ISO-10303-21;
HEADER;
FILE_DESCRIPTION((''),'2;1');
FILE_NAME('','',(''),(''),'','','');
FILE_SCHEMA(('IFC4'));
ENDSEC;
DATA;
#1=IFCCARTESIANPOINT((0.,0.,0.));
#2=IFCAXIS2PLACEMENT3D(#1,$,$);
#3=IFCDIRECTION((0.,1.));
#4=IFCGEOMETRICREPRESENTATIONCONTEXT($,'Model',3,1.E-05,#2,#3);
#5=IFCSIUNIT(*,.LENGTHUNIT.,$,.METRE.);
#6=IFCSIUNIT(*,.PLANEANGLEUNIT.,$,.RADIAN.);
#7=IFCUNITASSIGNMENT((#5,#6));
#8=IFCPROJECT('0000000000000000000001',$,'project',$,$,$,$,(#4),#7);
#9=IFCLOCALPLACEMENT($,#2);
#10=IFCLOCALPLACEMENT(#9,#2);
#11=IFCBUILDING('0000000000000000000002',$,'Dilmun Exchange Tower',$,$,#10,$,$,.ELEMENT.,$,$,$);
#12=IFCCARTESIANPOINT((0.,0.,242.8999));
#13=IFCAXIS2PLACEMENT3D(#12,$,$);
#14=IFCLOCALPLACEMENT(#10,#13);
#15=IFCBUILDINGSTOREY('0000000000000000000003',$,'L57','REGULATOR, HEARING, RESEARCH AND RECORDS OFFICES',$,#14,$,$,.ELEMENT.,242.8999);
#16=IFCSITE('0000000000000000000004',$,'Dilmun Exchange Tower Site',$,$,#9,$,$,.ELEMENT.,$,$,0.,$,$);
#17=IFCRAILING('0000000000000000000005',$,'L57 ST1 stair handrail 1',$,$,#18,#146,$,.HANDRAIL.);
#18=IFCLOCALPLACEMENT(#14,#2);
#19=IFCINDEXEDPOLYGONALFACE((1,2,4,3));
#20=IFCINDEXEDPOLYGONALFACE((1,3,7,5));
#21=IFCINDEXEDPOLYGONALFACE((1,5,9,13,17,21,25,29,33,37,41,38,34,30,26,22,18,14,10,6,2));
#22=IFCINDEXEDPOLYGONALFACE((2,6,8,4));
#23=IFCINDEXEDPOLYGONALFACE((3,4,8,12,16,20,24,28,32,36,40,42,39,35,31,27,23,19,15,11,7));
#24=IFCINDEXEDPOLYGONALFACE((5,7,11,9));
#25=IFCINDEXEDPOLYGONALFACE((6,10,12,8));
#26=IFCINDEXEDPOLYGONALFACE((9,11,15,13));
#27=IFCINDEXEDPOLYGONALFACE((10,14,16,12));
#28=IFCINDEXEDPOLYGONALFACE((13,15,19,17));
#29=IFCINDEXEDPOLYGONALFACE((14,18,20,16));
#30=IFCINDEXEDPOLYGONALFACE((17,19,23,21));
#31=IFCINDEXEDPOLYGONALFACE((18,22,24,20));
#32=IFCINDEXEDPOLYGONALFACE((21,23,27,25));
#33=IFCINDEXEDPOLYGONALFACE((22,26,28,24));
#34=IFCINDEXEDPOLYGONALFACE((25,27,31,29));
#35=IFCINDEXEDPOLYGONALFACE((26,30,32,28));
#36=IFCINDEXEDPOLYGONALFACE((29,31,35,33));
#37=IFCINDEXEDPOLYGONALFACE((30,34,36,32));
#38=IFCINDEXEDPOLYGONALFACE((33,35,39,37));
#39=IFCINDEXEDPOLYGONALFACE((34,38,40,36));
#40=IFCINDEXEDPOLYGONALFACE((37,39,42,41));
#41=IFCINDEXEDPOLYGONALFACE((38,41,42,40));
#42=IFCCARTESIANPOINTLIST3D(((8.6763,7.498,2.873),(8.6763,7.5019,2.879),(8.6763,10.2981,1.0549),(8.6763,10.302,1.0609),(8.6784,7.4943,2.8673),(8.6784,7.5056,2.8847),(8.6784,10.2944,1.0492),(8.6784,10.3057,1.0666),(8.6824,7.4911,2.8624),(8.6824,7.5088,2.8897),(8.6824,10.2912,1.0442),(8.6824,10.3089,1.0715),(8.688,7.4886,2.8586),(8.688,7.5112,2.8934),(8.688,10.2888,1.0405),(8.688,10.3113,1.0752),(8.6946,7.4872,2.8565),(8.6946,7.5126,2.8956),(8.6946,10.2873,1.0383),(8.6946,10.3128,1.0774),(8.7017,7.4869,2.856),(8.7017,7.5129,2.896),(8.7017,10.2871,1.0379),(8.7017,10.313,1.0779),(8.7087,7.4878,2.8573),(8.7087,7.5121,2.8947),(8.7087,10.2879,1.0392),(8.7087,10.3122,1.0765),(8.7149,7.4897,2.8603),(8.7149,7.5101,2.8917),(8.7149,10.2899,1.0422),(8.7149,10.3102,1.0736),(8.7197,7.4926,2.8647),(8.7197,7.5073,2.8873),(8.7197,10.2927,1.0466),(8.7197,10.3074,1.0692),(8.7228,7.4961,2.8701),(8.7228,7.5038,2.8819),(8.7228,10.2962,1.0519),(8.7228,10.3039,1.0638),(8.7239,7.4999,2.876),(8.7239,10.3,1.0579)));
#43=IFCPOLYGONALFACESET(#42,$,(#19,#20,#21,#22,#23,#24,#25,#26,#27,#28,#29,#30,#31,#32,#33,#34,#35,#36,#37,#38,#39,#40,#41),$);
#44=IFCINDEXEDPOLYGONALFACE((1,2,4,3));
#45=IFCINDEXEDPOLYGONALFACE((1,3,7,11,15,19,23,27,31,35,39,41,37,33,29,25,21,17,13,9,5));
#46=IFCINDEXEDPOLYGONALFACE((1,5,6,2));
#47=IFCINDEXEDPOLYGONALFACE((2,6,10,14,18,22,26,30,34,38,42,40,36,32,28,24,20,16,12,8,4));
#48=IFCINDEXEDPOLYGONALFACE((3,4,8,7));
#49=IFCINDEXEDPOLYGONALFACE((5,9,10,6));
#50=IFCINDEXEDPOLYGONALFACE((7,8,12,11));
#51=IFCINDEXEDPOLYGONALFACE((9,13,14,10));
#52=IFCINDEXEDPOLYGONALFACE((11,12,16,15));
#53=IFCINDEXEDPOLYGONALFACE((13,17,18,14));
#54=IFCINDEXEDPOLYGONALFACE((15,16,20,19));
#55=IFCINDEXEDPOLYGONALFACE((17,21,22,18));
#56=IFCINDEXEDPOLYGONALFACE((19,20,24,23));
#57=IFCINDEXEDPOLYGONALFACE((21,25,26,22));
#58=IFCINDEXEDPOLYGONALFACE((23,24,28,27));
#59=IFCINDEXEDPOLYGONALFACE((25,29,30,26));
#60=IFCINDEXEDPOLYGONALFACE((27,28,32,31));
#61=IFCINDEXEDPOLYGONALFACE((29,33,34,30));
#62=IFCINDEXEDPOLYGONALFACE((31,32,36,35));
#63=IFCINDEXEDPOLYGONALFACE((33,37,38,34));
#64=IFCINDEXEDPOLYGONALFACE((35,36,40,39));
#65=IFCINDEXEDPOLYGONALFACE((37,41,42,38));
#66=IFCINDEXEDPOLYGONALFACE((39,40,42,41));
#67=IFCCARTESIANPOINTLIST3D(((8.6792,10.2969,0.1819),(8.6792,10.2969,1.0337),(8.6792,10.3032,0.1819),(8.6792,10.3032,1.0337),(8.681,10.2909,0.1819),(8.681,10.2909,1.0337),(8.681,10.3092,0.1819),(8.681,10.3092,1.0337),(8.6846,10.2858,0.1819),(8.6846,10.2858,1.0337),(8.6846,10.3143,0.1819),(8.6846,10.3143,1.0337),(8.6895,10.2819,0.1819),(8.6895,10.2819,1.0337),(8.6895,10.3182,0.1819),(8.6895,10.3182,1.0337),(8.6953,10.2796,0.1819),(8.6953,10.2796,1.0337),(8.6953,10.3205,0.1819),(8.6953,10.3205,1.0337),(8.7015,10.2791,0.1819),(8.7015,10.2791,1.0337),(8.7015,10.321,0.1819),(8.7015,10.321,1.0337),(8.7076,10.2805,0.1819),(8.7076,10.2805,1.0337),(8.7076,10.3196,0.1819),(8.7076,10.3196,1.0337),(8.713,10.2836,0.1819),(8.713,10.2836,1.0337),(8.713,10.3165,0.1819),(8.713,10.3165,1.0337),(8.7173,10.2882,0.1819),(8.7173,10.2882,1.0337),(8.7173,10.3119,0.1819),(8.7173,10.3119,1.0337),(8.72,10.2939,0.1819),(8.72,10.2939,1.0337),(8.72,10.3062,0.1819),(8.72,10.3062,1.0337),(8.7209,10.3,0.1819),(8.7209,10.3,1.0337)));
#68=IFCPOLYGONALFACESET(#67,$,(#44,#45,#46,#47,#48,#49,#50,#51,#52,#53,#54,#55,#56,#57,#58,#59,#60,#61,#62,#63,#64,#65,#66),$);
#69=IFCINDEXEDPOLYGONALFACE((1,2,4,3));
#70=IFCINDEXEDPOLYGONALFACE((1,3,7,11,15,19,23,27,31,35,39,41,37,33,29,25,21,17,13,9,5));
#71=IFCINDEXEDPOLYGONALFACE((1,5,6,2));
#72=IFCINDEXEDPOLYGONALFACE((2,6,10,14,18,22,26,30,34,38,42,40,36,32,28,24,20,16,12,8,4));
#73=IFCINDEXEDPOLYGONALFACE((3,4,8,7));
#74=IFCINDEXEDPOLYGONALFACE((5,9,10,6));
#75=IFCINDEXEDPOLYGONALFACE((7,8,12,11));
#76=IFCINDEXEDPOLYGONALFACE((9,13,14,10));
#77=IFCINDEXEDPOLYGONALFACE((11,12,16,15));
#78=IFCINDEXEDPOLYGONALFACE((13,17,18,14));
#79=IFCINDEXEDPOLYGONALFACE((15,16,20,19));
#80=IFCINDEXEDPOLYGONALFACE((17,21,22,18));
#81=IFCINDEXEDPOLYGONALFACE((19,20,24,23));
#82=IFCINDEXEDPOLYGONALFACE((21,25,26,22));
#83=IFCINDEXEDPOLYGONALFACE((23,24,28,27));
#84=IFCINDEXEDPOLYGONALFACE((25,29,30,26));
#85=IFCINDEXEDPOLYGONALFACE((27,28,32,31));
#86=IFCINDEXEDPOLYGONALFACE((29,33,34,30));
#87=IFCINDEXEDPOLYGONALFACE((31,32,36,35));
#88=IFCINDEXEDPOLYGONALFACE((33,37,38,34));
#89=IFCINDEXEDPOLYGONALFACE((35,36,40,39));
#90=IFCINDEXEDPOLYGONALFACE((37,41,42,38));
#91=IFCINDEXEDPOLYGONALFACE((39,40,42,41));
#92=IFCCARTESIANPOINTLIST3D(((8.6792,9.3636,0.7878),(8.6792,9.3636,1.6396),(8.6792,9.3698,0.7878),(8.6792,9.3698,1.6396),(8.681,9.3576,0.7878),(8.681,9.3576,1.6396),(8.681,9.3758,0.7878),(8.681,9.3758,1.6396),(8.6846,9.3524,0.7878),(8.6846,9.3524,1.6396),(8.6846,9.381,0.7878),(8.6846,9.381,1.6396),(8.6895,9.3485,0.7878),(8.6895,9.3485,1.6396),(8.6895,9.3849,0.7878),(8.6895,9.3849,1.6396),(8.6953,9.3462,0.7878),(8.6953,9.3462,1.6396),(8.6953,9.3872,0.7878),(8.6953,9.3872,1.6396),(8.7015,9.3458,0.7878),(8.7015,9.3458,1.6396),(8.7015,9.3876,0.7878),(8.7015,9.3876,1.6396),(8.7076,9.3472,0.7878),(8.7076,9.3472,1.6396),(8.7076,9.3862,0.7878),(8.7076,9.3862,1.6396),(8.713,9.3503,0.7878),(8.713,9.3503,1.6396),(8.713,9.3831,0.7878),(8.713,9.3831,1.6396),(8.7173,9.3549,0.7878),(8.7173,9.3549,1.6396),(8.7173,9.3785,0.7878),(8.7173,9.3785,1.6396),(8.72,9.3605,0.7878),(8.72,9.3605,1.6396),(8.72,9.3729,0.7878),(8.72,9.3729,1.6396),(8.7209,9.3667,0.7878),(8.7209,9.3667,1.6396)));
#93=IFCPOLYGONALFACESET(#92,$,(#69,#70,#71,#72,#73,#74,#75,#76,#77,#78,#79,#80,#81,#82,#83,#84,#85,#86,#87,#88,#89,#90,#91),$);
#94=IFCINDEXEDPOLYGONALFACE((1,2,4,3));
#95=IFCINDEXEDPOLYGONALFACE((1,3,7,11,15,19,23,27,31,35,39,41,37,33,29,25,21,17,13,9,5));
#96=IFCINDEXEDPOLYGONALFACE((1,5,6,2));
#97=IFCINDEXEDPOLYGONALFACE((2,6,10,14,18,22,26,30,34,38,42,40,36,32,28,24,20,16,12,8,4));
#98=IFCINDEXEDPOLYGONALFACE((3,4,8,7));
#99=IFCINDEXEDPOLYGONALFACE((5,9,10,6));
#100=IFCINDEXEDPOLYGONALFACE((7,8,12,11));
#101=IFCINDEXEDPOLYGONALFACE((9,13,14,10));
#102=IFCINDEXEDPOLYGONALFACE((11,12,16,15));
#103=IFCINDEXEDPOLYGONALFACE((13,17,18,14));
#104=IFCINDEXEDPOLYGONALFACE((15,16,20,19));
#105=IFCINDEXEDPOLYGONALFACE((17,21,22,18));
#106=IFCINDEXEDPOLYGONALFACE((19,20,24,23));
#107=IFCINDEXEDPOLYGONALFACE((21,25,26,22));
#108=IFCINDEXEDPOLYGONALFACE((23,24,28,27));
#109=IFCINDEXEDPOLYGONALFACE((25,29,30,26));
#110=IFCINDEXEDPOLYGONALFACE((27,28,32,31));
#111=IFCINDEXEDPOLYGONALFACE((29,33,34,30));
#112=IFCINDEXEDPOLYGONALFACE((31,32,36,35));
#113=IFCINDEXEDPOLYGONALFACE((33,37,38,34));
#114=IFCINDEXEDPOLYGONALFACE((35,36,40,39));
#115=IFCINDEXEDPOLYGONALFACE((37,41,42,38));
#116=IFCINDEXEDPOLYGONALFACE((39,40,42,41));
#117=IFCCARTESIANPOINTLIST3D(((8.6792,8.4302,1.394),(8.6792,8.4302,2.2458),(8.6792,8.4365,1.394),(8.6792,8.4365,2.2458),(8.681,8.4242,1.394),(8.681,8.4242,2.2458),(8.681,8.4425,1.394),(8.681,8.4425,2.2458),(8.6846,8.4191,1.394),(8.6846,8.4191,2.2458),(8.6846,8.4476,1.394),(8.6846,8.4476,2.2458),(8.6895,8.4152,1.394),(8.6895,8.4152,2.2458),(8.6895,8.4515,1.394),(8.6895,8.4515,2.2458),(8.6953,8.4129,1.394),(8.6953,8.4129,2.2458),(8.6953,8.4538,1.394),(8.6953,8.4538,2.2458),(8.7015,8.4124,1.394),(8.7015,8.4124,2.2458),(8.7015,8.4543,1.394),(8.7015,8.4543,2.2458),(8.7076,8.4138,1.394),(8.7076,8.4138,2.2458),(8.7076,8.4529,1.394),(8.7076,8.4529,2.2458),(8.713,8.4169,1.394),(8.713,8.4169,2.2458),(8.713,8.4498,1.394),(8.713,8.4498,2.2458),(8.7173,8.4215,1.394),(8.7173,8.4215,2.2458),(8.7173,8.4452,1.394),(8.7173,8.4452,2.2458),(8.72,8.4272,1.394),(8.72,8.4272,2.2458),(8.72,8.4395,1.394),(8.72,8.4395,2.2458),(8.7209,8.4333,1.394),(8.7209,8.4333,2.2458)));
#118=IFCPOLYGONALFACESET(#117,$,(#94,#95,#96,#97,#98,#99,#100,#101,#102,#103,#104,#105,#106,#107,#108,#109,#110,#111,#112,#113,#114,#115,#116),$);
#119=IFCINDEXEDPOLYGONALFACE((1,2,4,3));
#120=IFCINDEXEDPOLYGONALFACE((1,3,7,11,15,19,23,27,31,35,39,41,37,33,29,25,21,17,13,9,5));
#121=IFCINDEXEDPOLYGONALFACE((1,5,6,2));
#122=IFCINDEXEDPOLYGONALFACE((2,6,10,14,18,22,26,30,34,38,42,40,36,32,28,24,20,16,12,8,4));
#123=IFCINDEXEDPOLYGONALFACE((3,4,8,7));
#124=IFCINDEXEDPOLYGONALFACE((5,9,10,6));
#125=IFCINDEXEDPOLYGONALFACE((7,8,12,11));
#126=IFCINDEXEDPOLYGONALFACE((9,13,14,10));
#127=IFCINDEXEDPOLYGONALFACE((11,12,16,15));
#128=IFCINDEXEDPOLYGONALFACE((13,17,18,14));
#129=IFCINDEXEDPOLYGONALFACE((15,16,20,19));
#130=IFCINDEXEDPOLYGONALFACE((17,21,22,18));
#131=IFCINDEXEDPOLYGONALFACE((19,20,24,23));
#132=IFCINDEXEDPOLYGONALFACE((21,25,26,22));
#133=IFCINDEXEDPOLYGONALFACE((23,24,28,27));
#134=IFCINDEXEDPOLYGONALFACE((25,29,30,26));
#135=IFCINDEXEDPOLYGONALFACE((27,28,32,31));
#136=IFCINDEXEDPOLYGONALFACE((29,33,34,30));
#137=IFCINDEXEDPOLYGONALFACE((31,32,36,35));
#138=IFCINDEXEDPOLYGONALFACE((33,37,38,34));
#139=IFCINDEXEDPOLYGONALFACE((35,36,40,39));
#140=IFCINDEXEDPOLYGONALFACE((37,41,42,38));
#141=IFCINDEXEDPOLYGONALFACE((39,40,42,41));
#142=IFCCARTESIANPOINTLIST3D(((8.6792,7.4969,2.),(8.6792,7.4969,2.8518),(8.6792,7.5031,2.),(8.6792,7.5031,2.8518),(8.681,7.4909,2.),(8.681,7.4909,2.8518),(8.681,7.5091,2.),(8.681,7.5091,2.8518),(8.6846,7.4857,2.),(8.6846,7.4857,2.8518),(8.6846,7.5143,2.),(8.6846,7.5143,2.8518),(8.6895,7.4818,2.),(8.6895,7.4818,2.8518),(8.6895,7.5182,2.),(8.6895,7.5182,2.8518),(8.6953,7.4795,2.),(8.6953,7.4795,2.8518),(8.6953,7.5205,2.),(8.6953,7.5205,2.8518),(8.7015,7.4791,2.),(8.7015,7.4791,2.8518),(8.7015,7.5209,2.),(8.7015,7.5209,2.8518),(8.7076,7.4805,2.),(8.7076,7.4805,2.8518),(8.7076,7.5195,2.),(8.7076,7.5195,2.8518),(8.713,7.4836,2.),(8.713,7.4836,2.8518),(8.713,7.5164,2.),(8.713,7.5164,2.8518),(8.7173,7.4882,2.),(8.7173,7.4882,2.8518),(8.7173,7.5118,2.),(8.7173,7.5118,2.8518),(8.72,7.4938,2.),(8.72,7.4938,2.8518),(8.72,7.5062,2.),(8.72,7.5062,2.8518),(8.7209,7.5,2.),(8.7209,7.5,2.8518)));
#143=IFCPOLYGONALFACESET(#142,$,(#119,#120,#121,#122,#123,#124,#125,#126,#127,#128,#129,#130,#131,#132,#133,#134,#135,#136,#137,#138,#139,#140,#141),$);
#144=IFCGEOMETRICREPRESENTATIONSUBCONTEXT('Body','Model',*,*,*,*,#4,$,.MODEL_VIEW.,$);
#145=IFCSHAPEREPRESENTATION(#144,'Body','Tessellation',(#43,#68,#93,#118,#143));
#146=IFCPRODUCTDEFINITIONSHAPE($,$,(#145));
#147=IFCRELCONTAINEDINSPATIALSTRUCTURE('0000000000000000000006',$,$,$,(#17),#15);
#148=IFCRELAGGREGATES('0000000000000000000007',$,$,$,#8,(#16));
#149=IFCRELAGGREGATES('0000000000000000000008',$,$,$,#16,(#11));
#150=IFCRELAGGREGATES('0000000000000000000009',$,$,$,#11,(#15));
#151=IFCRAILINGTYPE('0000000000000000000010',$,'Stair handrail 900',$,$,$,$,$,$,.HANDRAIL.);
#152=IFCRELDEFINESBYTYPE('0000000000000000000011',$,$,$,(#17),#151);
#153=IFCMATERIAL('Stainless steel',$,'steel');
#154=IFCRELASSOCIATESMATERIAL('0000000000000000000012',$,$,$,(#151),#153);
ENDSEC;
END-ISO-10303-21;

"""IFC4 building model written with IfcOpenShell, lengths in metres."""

from ifc_helpers import new_model, si_unit, direction, frame, origin, origin_2d, place, context, subcontext, project, spatial, circle, extrude, material, type_object, element, save


model = new_model("IFC4")

# Units and contexts
model_context = context("Model", 3, precision=1e-05, world=origin(), true_north=direction((0.0, 1.0)))
body_context = subcontext(model_context, "Body", "Model", "MODEL_VIEW")
ifc_project = project(units=[si_unit("LENGTHUNIT", "METRE"), si_unit("PLANEANGLEUNIT", "RADIAN")], contexts=[model_context])

# Site, building, storey
site_placement = place(None, origin())
site = spatial("IfcSite", under=ifc_project, at=site_placement, Name="Dilmun Exchange Tower Site", CompositionType="ELEMENT", RefElevation=0.0)
building_placement = place(site_placement, origin())
building = spatial("IfcBuilding", under=site, at=building_placement, Name="Dilmun Exchange Tower", CompositionType="ELEMENT")
storey_placement = place(building_placement, frame((0.0, 0.0, 242.8999)))
storey = spatial("IfcBuildingStorey", under=building, at=storey_placement, Name="L57", Description="REGULATOR, HEARING, RESEARCH AND RECORDS OFFICES", CompositionType="ELEMENT", Elevation=242.8999)

# Railing
ifc_material_1 = material(Name="Stainless steel", Category="steel")
railing_type = type_object("IfcRailingType", Name="Stair handrail 900", PredefinedType="HANDRAIL", material=ifc_material_1)
railing_1_placement = place(storey_placement, frame((8.7, 10.3, 0.1819)))
element("IfcRailing", 1, at=railing_1_placement, inside=storey, type_object=railing_type, Name="L57 ST1 stair handrail 1", PredefinedType="HANDRAIL", context=body_context, shape_type="SweptSolid", body=[
    extrude(circle(Radius=0.0239, at=origin_2d()), frame((0.0, 0.0, 0.876), z_axis=(0.0, -0.838706, 0.544585), x_axis=(1.0, 0.0, 0.0)), (0.0, 0.0, 1.0), 3.3386),
    extrude(circle(Radius=0.021, at=origin_2d()), origin(), (0.0, 0.0, 1.0), 0.8518),
    extrude(circle(Radius=0.021, at=origin_2d()), frame((0.0, -0.9333, 0.606)), (0.0, 0.0, 1.0), 0.8518),
    extrude(circle(Radius=0.021, at=origin_2d()), frame((0.0, -1.8667, 1.2122)), (0.0, 0.0, 1.0), 0.8518),
    extrude(circle(Radius=0.021, at=origin_2d()), frame((0.0, -2.8, 1.8181)), (0.0, 0.0, 1.0), 0.8518),
])

save(model, "model.ifc")
